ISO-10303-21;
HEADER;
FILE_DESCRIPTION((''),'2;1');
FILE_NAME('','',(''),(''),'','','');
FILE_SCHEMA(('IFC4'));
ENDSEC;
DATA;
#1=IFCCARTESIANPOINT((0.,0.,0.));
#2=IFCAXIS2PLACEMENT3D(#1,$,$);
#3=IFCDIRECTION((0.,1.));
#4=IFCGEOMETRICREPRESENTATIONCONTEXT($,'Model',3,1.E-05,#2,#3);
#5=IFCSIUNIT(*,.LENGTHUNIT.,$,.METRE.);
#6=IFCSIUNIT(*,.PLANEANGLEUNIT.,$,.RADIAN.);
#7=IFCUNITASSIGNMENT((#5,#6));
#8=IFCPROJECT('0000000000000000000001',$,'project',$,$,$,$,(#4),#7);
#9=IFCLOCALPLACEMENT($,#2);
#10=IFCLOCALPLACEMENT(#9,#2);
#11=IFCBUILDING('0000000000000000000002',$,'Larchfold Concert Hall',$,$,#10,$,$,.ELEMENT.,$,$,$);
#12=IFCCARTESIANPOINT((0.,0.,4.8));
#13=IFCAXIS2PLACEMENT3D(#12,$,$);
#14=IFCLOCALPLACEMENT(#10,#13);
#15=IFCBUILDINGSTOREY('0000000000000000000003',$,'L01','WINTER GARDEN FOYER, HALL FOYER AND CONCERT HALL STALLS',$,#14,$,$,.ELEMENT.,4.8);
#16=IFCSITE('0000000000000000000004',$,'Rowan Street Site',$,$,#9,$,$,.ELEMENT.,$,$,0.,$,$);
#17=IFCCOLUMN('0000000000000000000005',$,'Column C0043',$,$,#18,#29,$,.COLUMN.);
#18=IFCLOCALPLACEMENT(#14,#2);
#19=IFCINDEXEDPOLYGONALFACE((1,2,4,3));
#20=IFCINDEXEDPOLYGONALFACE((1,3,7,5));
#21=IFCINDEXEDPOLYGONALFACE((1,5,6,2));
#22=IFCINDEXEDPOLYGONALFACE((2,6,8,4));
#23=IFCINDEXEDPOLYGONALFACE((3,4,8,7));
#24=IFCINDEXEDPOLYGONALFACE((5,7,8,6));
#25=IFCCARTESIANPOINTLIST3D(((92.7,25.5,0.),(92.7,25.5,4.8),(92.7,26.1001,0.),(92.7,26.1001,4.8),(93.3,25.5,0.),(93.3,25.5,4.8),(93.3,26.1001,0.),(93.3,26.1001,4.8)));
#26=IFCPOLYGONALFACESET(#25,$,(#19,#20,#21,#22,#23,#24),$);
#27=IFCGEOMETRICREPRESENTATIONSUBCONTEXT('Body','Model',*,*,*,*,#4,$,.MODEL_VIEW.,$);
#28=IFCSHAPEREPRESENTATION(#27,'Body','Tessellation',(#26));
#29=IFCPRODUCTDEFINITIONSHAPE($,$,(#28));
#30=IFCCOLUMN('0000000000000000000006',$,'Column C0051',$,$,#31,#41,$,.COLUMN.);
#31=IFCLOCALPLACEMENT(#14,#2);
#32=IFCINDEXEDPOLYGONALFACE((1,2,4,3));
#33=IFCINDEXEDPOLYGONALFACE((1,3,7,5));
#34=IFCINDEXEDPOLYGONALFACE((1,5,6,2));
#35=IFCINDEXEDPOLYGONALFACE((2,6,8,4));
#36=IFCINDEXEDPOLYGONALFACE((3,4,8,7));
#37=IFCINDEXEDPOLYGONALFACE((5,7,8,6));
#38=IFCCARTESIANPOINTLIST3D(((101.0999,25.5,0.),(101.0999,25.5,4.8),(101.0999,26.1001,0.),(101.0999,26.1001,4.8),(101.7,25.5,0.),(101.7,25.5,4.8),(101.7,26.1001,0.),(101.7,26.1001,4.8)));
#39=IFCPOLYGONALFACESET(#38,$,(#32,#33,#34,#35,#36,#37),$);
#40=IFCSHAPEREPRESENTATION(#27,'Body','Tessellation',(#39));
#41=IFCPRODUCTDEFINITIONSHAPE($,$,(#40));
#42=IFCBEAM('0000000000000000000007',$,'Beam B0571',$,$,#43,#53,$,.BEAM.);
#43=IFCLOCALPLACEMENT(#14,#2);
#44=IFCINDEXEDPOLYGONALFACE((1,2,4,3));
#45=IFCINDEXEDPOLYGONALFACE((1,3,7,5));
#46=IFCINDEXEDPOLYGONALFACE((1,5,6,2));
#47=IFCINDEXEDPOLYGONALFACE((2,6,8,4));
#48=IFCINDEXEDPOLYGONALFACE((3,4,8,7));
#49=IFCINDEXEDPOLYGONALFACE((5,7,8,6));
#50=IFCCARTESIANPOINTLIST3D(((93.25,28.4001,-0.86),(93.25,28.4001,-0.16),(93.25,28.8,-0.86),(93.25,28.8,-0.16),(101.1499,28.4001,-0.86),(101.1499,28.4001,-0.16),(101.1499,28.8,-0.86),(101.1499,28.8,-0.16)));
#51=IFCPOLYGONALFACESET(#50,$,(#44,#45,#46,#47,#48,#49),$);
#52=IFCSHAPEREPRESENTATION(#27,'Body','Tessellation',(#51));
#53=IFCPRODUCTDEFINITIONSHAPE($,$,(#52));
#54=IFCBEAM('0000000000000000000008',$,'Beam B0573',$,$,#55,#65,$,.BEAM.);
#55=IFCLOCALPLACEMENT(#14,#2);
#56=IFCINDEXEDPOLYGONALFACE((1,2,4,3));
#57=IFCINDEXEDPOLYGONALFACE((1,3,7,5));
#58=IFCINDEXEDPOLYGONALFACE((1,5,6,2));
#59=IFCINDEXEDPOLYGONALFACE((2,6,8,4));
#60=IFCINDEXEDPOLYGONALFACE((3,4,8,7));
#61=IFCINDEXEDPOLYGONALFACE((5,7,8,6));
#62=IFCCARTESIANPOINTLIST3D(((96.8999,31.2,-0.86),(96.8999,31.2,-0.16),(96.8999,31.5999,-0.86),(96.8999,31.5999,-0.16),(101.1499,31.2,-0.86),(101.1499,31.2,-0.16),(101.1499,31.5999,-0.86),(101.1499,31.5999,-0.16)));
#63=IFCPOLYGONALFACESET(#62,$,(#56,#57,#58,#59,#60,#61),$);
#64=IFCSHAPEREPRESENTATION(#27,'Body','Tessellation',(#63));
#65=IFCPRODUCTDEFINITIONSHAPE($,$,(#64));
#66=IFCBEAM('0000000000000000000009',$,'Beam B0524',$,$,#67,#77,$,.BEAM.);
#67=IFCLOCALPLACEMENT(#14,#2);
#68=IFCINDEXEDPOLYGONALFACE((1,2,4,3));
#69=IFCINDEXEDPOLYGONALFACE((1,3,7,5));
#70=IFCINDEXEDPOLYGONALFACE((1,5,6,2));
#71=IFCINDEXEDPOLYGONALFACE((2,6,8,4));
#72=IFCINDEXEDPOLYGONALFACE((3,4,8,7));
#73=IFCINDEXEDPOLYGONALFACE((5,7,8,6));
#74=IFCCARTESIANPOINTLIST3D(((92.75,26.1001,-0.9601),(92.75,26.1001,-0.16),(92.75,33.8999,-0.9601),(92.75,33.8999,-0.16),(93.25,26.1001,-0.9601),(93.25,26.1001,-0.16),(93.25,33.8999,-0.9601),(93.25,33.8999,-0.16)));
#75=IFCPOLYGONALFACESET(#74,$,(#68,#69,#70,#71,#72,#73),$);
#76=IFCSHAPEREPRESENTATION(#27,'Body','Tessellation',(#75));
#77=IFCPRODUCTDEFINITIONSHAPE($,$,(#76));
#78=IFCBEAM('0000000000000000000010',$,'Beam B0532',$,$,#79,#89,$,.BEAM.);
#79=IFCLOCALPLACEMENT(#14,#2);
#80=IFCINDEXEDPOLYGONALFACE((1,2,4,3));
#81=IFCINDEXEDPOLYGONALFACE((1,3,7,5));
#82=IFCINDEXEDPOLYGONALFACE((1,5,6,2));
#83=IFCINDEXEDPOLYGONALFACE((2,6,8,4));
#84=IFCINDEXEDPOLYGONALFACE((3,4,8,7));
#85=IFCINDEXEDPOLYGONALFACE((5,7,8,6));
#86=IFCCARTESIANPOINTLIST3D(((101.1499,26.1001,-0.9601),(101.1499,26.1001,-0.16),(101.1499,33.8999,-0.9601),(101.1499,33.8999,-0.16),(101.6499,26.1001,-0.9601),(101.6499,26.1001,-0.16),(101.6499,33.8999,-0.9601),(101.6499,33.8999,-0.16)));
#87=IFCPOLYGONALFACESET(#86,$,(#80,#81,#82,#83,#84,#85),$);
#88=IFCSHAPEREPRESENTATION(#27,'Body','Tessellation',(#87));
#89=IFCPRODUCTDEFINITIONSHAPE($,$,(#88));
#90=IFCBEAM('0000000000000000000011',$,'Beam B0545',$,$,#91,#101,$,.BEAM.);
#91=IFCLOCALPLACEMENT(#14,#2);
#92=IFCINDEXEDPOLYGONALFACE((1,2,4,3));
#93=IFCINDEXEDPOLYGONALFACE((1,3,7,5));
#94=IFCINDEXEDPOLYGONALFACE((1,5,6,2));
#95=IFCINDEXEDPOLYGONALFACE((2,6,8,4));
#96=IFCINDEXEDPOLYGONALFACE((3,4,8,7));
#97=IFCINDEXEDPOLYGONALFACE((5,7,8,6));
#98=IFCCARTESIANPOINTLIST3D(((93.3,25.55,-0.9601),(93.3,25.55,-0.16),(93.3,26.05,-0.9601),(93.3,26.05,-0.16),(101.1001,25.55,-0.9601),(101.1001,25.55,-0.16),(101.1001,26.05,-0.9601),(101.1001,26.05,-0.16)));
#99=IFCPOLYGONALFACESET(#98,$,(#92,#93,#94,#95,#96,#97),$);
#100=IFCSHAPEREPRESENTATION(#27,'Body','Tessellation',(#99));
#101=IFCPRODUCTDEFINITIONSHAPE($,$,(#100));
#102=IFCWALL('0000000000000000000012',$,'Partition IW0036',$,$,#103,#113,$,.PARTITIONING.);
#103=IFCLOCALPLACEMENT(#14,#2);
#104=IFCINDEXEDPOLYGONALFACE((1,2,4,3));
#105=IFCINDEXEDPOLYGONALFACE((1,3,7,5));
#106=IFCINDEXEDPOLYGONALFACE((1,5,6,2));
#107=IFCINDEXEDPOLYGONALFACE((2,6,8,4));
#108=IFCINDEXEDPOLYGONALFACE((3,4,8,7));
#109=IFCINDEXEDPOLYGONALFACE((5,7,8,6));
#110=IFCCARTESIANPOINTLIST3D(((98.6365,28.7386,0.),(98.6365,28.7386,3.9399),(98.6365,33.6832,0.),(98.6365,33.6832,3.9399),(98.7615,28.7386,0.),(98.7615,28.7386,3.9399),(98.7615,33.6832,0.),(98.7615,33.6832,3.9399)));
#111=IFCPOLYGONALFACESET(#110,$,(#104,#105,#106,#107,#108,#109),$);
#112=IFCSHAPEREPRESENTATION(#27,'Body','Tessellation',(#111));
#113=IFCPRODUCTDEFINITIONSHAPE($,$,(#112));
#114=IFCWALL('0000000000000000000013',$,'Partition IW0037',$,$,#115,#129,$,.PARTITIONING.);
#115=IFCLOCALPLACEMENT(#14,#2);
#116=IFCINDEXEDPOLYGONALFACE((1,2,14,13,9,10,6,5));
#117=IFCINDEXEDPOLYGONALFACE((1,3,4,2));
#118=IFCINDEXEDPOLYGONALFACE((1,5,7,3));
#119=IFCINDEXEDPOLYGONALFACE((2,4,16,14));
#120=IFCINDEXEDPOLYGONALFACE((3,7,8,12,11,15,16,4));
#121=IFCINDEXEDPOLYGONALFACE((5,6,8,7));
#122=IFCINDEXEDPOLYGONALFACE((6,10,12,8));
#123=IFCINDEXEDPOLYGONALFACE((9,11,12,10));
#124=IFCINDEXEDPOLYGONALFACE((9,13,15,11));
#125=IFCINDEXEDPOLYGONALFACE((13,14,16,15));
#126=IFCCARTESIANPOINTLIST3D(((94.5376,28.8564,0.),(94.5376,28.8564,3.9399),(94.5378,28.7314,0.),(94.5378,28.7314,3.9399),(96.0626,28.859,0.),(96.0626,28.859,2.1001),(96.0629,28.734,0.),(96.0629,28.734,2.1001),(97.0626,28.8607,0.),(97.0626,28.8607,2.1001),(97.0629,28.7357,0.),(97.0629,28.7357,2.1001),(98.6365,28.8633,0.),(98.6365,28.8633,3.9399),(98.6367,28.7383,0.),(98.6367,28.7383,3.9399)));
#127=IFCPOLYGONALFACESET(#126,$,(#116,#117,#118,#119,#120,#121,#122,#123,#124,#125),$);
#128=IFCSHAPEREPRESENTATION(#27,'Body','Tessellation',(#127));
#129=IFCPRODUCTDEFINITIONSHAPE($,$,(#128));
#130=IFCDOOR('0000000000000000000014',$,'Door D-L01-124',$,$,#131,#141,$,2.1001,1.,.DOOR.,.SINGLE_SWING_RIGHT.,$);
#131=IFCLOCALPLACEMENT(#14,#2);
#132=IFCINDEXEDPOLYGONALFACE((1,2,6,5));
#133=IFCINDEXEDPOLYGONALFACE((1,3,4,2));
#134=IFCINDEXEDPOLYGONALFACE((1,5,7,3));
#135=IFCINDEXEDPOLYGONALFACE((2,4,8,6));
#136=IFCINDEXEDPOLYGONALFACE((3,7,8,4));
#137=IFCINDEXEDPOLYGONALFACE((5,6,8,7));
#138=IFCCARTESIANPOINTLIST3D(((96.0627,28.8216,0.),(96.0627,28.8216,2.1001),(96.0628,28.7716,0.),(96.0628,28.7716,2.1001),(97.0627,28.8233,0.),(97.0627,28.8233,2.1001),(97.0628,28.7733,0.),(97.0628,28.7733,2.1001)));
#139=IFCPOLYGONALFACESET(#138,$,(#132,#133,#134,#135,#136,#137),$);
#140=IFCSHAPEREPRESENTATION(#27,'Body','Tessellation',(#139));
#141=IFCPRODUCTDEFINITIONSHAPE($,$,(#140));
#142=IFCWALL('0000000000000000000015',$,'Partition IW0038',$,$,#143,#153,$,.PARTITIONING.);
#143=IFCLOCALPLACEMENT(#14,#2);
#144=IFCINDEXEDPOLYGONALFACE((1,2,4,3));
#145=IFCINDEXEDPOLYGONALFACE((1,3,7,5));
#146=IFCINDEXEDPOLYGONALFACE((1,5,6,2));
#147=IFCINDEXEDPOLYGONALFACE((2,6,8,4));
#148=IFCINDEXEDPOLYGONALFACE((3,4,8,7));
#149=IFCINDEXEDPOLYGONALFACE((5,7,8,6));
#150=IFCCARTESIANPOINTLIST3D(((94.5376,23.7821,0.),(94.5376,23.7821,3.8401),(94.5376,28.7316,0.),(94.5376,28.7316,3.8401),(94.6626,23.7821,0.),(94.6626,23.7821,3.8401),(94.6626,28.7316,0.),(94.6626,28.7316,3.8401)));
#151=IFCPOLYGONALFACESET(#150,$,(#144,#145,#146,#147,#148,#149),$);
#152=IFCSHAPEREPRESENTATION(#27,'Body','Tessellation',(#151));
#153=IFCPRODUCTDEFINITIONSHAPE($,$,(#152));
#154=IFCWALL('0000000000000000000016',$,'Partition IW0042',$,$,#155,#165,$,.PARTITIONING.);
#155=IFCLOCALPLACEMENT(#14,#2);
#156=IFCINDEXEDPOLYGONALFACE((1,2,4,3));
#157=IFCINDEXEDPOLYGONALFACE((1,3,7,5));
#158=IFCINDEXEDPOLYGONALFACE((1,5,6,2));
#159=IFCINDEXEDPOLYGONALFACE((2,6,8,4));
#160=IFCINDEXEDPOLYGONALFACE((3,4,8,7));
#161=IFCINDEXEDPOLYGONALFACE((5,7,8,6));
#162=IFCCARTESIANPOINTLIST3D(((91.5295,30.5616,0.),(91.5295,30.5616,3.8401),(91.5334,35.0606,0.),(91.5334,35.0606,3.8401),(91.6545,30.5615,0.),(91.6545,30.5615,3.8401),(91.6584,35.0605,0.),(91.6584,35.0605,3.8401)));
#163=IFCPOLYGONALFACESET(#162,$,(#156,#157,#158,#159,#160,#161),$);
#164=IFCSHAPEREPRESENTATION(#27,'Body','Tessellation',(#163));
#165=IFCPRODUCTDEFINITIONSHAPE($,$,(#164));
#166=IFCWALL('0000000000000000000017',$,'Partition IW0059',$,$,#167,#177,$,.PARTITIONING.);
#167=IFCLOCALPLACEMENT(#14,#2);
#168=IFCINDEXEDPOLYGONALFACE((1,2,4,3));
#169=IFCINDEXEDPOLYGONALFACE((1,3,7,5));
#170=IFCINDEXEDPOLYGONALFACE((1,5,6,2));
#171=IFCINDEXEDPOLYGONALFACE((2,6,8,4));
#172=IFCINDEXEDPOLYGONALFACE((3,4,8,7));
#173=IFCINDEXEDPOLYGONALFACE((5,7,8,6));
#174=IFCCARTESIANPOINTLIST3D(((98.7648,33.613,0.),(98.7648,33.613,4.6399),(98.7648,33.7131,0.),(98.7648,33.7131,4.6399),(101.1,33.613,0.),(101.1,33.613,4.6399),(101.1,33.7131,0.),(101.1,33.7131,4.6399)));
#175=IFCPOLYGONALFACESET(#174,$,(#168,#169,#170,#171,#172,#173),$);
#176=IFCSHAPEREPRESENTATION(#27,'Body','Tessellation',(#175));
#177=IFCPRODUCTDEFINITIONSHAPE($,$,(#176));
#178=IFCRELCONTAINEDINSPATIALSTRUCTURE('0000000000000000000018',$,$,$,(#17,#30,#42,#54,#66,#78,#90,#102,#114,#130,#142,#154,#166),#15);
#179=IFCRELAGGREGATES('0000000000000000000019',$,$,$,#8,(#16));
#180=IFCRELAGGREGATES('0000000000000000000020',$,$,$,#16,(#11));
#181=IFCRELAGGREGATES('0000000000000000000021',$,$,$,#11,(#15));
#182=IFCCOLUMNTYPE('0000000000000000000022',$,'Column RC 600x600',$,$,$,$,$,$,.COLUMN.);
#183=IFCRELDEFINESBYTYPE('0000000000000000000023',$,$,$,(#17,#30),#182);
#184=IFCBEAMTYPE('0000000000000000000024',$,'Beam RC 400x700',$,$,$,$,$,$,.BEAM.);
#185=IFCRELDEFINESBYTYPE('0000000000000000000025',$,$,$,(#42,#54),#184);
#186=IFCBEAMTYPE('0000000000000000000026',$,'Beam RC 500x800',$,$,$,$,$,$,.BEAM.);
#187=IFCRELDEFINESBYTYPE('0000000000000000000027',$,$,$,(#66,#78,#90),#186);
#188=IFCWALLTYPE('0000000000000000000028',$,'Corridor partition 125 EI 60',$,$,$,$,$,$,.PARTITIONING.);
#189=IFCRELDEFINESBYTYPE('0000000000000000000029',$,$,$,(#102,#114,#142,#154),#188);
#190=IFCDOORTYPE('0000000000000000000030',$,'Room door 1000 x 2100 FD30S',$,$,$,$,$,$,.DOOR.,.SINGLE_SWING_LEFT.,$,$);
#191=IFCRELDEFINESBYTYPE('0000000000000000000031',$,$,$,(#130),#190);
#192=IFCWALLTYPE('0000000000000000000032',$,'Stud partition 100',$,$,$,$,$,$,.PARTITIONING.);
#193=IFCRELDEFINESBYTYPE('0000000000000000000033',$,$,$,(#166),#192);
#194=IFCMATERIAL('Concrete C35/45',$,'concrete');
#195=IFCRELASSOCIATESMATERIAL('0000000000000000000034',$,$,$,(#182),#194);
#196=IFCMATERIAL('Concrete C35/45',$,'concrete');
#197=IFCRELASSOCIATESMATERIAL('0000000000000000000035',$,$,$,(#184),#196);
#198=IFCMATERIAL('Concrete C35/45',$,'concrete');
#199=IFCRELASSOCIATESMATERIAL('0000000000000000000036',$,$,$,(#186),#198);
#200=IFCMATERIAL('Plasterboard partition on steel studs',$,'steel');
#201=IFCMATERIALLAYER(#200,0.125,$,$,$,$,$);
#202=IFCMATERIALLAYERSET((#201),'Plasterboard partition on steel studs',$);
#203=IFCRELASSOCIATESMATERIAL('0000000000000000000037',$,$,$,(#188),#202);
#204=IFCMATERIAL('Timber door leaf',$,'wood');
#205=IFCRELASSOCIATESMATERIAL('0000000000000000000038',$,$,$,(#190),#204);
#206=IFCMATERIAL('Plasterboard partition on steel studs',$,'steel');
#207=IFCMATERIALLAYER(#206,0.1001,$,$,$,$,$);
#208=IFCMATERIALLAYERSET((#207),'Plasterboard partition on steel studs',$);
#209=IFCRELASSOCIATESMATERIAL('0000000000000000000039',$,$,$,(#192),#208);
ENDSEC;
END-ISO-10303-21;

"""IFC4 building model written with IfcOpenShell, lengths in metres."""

from ifc_helpers import new_model, si_unit, direction, frame, frame_2d, origin, origin_2d, place, context, subcontext, project, spatial, rectangle, extrude, material, layer, layer_set, material_profile, profile_set, type_object, element, fill, save


model = new_model("IFC4")

# Units and contexts
model_context = context("Model", 3, precision=1e-05, world=origin(), true_north=direction((0.0, 1.0)))
body_context = subcontext(model_context, "Body", "Model", "MODEL_VIEW")
ifc_project = project(units=[si_unit("LENGTHUNIT", "METRE"), si_unit("PLANEANGLEUNIT", "RADIAN")], contexts=[model_context])

# Site, building, storey
site_placement = place(None, origin())
site = spatial("IfcSite", under=ifc_project, at=site_placement, Name="Rowan Street Site", CompositionType="ELEMENT", RefElevation=0.0)
building_placement = place(site_placement, origin())
building = spatial("IfcBuilding", under=site, at=building_placement, Name="Larchfold Concert Hall", CompositionType="ELEMENT")
storey_placement = place(building_placement, frame((0.0, 0.0, 4.8)))
storey = spatial("IfcBuildingStorey", under=building, at=storey_placement, Name="L01", Description="WINTER GARDEN FOYER, HALL FOYER AND CONCERT HALL STALLS", CompositionType="ELEMENT", Elevation=4.8)

# Columns
ifc_material_1 = material(Name="Concrete C35/45", Category="concrete")
ifc_material_profile_1 = material_profile(ifc_material_1, rectangle(XDim=0.6001, YDim=0.6001, at=origin_2d()))
ifc_profile_set_1 = profile_set([ifc_material_profile_1], Name="Concrete C35/45")
column_type = type_object("IfcColumnType", Name="Column RC 600x600", PredefinedType="COLUMN", material=ifc_profile_set_1)
for number, where, z_axis, x_axis, name in (
    (1, (93.0, 25.8, 0.0), (0.0, 0.0, 1.0), (1.0, 0.0, 0.0), "Column C0043"),
    (2, (101.3999, 25.8, 0.0), (0.0, 0.0, 1.0), (1.0, 0.0, 0.0), "Column C0051"),
):
    element("IfcColumn", number, at=place(storey_placement, frame(where, z_axis=z_axis, x_axis=x_axis)), inside=storey, type_object=column_type, Name=name, PredefinedType="COLUMN", context=body_context, shape_type="SweptSolid", body=[
        extrude(rectangle(XDim=0.6001, YDim=0.6001, at=origin_2d()), origin(), (0.0, 0.0, 1.0), 4.8),
    ])

# Beams
ifc_material_2 = material(Name="Concrete C35/45", Category="concrete")
ifc_material_profile_2 = material_profile(ifc_material_2, rectangle(XDim=0.3999, YDim=0.7, at=origin_2d()))
ifc_profile_set_2 = profile_set([ifc_material_profile_2], Name="Concrete C35/45")
beam_type_1 = type_object("IfcBeamType", Name="Beam RC 400x700", PredefinedType="BEAM", material=ifc_profile_set_2)
beam_1_placement = place(storey_placement, frame((93.25, 28.6001, -0.51), z_axis=(1.0, 0.0, 0.0), x_axis=(0.0, 1.0, 0.0)))
element("IfcBeam", 3, at=beam_1_placement, inside=storey, type_object=beam_type_1, Name="Beam B0571", PredefinedType="BEAM", context=body_context, shape_type="SweptSolid", body=[
    extrude(rectangle(XDim=0.3999, YDim=0.7, at=origin_2d()), origin(), (0.0, 0.0, 1.0), 7.8999),
])
beam_2_placement = place(storey_placement, frame((96.8999, 31.3999, -0.51), z_axis=(1.0, 0.0, 0.0), x_axis=(0.0, 1.0, 0.0)))
element("IfcBeam", 4, at=beam_2_placement, inside=storey, type_object=beam_type_1, Name="Beam B0573", PredefinedType="BEAM", context=body_context, shape_type="SweptSolid", body=[
    extrude(rectangle(XDim=0.3999, YDim=0.7, at=origin_2d()), origin(), (0.0, 0.0, 1.0), 4.25),
])
ifc_material_3 = material(Name="Concrete C35/45", Category="concrete")
ifc_material_profile_3 = material_profile(ifc_material_3, rectangle(XDim=0.5, YDim=0.8, at=origin_2d()))
ifc_profile_set_3 = profile_set([ifc_material_profile_3], Name="Concrete C35/45")
beam_type_2 = type_object("IfcBeamType", Name="Beam RC 500x800", PredefinedType="BEAM", material=ifc_profile_set_3)
for number, where, z_axis, x_axis, name in (
    (5, (93.0, 26.1001, -0.5601), (0.0, 1.0, 0.0), (-1.0, 0.0, 0.0), "Beam B0524"),
    (6, (101.3999, 26.1001, -0.5601), (0.0, 1.0, 0.0), (-1.0, 0.0, 0.0), "Beam B0532"),
):
    element("IfcBeam", number, at=place(storey_placement, frame(where, z_axis=z_axis, x_axis=x_axis)), inside=storey, type_object=beam_type_2, Name=name, PredefinedType="BEAM", context=body_context, shape_type="SweptSolid", body=[
        extrude(rectangle(XDim=0.5, YDim=0.8, at=origin_2d()), origin(), (0.0, 0.0, 1.0), 7.7998),
    ])
beam_3_placement = place(storey_placement, frame((93.3, 25.8, -0.5601), z_axis=(1.0, 0.0, 0.0), x_axis=(0.0, 1.0, 0.0)))
element("IfcBeam", 7, at=beam_3_placement, inside=storey, type_object=beam_type_2, Name="Beam B0545", PredefinedType="BEAM", context=body_context, shape_type="SweptSolid", body=[
    extrude(rectangle(XDim=0.5, YDim=0.8, at=origin_2d()), origin(), (0.0, 0.0, 1.0), 7.8),
])

# Wall
ifc_material_4 = material(Name="Plasterboard partition on steel studs", Category="steel")
ifc_layer_1 = layer(ifc_material_4, 0.125)
ifc_layer_set_1 = layer_set([ifc_layer_1], Name="Plasterboard partition on steel studs")
wall_type_1 = type_object("IfcWallType", Name="Corridor partition 125 EI 60", PredefinedType="PARTITIONING", material=ifc_layer_set_1)
wall_1_placement = place(storey_placement, frame((98.699, 33.6831, 0.0), z_axis=(0.0, 0.0, 1.0), x_axis=(0.0, -1.0, 0.0)))
element("IfcWall", 8, at=wall_1_placement, inside=storey, type_object=wall_type_1, Name="Partition IW0036", PredefinedType="PARTITIONING", context=body_context, shape_type="SweptSolid", body=[
    extrude(rectangle(XDim=4.9446, YDim=0.125, at=frame_2d((2.4722, 0.0))), origin(), (0.0, 0.0, 1.0), 3.9399),
])

# Wall, opening, door
wall_2_placement = place(storey_placement, frame((98.6365, 28.8008, 0.0), z_axis=(0.0, 0.0, 1.0), x_axis=(-0.999999, -0.001668, 0.0)))
wall_2 = element("IfcWall", 9, at=wall_2_placement, inside=storey, type_object=wall_type_1, Name="Partition IW0037", PredefinedType="PARTITIONING", context=body_context, shape_type="SweptSolid", body=[
    extrude(rectangle(XDim=4.0989, YDim=0.125, at=frame_2d((2.0493, 0.0))), origin(), (0.0, 0.0, 1.0), 3.9399),
])
opening_1_placement = place(wall_2_placement, frame((1.5737, 0.0, 0.0)))
opening_1 = element("IfcOpeningElement", 10, at=opening_1_placement, cuts=wall_2, PredefinedType="OPENING", context=body_context, shape_type="SweptSolid", body=[
    extrude(rectangle(XDim=1.0, YDim=2.1001, at=frame_2d((0.5, 1.05))), frame((0.0, 0.0725, 0.0), z_axis=(0.0, -1.0, 0.0), x_axis=(1.0, 0.0, 0.0)), (0.0, 0.0, 1.0), 0.145),
])
ifc_material_5 = material(Name="Timber door leaf", Category="wood")
door_type_1 = type_object("IfcDoorType", Name="Room door 1000 x 2100 FD30S", OperationType="SINGLE_SWING_LEFT", PredefinedType="DOOR", material=ifc_material_5)
door_1_placement = place(opening_1_placement, origin())
door_1 = element("IfcDoor", 11, at=door_1_placement, inside=storey, type_object=door_type_1, Name="Door D-L01-124", OperationType="SINGLE_SWING_RIGHT", OverallHeight=2.1001, OverallWidth=1.0, PredefinedType="DOOR", context=body_context, shape_type="SweptSolid", body=[
    extrude(rectangle(XDim=1.0, YDim=2.1001, at=frame_2d((0.5, 1.05))), frame((0.0, 0.0249, 0.0), z_axis=(0.0, -1.0, 0.0), x_axis=(1.0, 0.0, 0.0)), (0.0, 0.0, 1.0), 0.05),
])
fill(opening_1, door_1)

# Walls
wall_3_placement = place(storey_placement, frame((94.6001, 28.7314, 0.0), z_axis=(0.0, 0.0, 1.0), x_axis=(0.0, -1.0, 0.0)))
element("IfcWall", 12, at=wall_3_placement, inside=storey, type_object=wall_type_1, Name="Partition IW0038", PredefinedType="PARTITIONING", context=body_context, shape_type="SweptSolid", body=[
    extrude(rectangle(XDim=4.9495, YDim=0.125, at=frame_2d((2.4746, 0.0))), origin(), (0.0, 0.0, 1.0), 3.8401),
])
wall_4_placement = place(storey_placement, frame((91.592, 30.5615, 0.0), z_axis=(0.0, 0.0, 1.0), x_axis=(0.000868, 1.0, 0.0)))
element("IfcWall", 13, at=wall_4_placement, inside=storey, type_object=wall_type_1, Name="Partition IW0042", PredefinedType="PARTITIONING", context=body_context, shape_type="SweptSolid", body=[
    extrude(rectangle(XDim=4.499, YDim=0.125, at=frame_2d((2.2495, 0.0))), origin(), (0.0, 0.0, 1.0), 3.8401),
])
ifc_material_6 = material(Name="Plasterboard partition on steel studs", Category="steel")
ifc_layer_2 = layer(ifc_material_6, 0.1001)
ifc_layer_set_2 = layer_set([ifc_layer_2], Name="Plasterboard partition on steel studs")
wall_type_2 = type_object("IfcWallType", Name="Stud partition 100", PredefinedType="PARTITIONING", material=ifc_layer_set_2)
wall_5_placement = place(storey_placement, frame((98.7649, 33.6631, 0.0), z_axis=(0.0, 0.0, 1.0), x_axis=(1.0, 0.0, 0.0)))
element("IfcWall", 14, at=wall_5_placement, inside=storey, type_object=wall_type_2, Name="Partition IW0059", PredefinedType="PARTITIONING", context=body_context, shape_type="SweptSolid", body=[
    extrude(rectangle(XDim=2.3352, YDim=0.1001, at=frame_2d((1.1675, 0.0))), origin(), (0.0, 0.0, 1.0), 4.6399),
])

save(model, "model.ifc")
